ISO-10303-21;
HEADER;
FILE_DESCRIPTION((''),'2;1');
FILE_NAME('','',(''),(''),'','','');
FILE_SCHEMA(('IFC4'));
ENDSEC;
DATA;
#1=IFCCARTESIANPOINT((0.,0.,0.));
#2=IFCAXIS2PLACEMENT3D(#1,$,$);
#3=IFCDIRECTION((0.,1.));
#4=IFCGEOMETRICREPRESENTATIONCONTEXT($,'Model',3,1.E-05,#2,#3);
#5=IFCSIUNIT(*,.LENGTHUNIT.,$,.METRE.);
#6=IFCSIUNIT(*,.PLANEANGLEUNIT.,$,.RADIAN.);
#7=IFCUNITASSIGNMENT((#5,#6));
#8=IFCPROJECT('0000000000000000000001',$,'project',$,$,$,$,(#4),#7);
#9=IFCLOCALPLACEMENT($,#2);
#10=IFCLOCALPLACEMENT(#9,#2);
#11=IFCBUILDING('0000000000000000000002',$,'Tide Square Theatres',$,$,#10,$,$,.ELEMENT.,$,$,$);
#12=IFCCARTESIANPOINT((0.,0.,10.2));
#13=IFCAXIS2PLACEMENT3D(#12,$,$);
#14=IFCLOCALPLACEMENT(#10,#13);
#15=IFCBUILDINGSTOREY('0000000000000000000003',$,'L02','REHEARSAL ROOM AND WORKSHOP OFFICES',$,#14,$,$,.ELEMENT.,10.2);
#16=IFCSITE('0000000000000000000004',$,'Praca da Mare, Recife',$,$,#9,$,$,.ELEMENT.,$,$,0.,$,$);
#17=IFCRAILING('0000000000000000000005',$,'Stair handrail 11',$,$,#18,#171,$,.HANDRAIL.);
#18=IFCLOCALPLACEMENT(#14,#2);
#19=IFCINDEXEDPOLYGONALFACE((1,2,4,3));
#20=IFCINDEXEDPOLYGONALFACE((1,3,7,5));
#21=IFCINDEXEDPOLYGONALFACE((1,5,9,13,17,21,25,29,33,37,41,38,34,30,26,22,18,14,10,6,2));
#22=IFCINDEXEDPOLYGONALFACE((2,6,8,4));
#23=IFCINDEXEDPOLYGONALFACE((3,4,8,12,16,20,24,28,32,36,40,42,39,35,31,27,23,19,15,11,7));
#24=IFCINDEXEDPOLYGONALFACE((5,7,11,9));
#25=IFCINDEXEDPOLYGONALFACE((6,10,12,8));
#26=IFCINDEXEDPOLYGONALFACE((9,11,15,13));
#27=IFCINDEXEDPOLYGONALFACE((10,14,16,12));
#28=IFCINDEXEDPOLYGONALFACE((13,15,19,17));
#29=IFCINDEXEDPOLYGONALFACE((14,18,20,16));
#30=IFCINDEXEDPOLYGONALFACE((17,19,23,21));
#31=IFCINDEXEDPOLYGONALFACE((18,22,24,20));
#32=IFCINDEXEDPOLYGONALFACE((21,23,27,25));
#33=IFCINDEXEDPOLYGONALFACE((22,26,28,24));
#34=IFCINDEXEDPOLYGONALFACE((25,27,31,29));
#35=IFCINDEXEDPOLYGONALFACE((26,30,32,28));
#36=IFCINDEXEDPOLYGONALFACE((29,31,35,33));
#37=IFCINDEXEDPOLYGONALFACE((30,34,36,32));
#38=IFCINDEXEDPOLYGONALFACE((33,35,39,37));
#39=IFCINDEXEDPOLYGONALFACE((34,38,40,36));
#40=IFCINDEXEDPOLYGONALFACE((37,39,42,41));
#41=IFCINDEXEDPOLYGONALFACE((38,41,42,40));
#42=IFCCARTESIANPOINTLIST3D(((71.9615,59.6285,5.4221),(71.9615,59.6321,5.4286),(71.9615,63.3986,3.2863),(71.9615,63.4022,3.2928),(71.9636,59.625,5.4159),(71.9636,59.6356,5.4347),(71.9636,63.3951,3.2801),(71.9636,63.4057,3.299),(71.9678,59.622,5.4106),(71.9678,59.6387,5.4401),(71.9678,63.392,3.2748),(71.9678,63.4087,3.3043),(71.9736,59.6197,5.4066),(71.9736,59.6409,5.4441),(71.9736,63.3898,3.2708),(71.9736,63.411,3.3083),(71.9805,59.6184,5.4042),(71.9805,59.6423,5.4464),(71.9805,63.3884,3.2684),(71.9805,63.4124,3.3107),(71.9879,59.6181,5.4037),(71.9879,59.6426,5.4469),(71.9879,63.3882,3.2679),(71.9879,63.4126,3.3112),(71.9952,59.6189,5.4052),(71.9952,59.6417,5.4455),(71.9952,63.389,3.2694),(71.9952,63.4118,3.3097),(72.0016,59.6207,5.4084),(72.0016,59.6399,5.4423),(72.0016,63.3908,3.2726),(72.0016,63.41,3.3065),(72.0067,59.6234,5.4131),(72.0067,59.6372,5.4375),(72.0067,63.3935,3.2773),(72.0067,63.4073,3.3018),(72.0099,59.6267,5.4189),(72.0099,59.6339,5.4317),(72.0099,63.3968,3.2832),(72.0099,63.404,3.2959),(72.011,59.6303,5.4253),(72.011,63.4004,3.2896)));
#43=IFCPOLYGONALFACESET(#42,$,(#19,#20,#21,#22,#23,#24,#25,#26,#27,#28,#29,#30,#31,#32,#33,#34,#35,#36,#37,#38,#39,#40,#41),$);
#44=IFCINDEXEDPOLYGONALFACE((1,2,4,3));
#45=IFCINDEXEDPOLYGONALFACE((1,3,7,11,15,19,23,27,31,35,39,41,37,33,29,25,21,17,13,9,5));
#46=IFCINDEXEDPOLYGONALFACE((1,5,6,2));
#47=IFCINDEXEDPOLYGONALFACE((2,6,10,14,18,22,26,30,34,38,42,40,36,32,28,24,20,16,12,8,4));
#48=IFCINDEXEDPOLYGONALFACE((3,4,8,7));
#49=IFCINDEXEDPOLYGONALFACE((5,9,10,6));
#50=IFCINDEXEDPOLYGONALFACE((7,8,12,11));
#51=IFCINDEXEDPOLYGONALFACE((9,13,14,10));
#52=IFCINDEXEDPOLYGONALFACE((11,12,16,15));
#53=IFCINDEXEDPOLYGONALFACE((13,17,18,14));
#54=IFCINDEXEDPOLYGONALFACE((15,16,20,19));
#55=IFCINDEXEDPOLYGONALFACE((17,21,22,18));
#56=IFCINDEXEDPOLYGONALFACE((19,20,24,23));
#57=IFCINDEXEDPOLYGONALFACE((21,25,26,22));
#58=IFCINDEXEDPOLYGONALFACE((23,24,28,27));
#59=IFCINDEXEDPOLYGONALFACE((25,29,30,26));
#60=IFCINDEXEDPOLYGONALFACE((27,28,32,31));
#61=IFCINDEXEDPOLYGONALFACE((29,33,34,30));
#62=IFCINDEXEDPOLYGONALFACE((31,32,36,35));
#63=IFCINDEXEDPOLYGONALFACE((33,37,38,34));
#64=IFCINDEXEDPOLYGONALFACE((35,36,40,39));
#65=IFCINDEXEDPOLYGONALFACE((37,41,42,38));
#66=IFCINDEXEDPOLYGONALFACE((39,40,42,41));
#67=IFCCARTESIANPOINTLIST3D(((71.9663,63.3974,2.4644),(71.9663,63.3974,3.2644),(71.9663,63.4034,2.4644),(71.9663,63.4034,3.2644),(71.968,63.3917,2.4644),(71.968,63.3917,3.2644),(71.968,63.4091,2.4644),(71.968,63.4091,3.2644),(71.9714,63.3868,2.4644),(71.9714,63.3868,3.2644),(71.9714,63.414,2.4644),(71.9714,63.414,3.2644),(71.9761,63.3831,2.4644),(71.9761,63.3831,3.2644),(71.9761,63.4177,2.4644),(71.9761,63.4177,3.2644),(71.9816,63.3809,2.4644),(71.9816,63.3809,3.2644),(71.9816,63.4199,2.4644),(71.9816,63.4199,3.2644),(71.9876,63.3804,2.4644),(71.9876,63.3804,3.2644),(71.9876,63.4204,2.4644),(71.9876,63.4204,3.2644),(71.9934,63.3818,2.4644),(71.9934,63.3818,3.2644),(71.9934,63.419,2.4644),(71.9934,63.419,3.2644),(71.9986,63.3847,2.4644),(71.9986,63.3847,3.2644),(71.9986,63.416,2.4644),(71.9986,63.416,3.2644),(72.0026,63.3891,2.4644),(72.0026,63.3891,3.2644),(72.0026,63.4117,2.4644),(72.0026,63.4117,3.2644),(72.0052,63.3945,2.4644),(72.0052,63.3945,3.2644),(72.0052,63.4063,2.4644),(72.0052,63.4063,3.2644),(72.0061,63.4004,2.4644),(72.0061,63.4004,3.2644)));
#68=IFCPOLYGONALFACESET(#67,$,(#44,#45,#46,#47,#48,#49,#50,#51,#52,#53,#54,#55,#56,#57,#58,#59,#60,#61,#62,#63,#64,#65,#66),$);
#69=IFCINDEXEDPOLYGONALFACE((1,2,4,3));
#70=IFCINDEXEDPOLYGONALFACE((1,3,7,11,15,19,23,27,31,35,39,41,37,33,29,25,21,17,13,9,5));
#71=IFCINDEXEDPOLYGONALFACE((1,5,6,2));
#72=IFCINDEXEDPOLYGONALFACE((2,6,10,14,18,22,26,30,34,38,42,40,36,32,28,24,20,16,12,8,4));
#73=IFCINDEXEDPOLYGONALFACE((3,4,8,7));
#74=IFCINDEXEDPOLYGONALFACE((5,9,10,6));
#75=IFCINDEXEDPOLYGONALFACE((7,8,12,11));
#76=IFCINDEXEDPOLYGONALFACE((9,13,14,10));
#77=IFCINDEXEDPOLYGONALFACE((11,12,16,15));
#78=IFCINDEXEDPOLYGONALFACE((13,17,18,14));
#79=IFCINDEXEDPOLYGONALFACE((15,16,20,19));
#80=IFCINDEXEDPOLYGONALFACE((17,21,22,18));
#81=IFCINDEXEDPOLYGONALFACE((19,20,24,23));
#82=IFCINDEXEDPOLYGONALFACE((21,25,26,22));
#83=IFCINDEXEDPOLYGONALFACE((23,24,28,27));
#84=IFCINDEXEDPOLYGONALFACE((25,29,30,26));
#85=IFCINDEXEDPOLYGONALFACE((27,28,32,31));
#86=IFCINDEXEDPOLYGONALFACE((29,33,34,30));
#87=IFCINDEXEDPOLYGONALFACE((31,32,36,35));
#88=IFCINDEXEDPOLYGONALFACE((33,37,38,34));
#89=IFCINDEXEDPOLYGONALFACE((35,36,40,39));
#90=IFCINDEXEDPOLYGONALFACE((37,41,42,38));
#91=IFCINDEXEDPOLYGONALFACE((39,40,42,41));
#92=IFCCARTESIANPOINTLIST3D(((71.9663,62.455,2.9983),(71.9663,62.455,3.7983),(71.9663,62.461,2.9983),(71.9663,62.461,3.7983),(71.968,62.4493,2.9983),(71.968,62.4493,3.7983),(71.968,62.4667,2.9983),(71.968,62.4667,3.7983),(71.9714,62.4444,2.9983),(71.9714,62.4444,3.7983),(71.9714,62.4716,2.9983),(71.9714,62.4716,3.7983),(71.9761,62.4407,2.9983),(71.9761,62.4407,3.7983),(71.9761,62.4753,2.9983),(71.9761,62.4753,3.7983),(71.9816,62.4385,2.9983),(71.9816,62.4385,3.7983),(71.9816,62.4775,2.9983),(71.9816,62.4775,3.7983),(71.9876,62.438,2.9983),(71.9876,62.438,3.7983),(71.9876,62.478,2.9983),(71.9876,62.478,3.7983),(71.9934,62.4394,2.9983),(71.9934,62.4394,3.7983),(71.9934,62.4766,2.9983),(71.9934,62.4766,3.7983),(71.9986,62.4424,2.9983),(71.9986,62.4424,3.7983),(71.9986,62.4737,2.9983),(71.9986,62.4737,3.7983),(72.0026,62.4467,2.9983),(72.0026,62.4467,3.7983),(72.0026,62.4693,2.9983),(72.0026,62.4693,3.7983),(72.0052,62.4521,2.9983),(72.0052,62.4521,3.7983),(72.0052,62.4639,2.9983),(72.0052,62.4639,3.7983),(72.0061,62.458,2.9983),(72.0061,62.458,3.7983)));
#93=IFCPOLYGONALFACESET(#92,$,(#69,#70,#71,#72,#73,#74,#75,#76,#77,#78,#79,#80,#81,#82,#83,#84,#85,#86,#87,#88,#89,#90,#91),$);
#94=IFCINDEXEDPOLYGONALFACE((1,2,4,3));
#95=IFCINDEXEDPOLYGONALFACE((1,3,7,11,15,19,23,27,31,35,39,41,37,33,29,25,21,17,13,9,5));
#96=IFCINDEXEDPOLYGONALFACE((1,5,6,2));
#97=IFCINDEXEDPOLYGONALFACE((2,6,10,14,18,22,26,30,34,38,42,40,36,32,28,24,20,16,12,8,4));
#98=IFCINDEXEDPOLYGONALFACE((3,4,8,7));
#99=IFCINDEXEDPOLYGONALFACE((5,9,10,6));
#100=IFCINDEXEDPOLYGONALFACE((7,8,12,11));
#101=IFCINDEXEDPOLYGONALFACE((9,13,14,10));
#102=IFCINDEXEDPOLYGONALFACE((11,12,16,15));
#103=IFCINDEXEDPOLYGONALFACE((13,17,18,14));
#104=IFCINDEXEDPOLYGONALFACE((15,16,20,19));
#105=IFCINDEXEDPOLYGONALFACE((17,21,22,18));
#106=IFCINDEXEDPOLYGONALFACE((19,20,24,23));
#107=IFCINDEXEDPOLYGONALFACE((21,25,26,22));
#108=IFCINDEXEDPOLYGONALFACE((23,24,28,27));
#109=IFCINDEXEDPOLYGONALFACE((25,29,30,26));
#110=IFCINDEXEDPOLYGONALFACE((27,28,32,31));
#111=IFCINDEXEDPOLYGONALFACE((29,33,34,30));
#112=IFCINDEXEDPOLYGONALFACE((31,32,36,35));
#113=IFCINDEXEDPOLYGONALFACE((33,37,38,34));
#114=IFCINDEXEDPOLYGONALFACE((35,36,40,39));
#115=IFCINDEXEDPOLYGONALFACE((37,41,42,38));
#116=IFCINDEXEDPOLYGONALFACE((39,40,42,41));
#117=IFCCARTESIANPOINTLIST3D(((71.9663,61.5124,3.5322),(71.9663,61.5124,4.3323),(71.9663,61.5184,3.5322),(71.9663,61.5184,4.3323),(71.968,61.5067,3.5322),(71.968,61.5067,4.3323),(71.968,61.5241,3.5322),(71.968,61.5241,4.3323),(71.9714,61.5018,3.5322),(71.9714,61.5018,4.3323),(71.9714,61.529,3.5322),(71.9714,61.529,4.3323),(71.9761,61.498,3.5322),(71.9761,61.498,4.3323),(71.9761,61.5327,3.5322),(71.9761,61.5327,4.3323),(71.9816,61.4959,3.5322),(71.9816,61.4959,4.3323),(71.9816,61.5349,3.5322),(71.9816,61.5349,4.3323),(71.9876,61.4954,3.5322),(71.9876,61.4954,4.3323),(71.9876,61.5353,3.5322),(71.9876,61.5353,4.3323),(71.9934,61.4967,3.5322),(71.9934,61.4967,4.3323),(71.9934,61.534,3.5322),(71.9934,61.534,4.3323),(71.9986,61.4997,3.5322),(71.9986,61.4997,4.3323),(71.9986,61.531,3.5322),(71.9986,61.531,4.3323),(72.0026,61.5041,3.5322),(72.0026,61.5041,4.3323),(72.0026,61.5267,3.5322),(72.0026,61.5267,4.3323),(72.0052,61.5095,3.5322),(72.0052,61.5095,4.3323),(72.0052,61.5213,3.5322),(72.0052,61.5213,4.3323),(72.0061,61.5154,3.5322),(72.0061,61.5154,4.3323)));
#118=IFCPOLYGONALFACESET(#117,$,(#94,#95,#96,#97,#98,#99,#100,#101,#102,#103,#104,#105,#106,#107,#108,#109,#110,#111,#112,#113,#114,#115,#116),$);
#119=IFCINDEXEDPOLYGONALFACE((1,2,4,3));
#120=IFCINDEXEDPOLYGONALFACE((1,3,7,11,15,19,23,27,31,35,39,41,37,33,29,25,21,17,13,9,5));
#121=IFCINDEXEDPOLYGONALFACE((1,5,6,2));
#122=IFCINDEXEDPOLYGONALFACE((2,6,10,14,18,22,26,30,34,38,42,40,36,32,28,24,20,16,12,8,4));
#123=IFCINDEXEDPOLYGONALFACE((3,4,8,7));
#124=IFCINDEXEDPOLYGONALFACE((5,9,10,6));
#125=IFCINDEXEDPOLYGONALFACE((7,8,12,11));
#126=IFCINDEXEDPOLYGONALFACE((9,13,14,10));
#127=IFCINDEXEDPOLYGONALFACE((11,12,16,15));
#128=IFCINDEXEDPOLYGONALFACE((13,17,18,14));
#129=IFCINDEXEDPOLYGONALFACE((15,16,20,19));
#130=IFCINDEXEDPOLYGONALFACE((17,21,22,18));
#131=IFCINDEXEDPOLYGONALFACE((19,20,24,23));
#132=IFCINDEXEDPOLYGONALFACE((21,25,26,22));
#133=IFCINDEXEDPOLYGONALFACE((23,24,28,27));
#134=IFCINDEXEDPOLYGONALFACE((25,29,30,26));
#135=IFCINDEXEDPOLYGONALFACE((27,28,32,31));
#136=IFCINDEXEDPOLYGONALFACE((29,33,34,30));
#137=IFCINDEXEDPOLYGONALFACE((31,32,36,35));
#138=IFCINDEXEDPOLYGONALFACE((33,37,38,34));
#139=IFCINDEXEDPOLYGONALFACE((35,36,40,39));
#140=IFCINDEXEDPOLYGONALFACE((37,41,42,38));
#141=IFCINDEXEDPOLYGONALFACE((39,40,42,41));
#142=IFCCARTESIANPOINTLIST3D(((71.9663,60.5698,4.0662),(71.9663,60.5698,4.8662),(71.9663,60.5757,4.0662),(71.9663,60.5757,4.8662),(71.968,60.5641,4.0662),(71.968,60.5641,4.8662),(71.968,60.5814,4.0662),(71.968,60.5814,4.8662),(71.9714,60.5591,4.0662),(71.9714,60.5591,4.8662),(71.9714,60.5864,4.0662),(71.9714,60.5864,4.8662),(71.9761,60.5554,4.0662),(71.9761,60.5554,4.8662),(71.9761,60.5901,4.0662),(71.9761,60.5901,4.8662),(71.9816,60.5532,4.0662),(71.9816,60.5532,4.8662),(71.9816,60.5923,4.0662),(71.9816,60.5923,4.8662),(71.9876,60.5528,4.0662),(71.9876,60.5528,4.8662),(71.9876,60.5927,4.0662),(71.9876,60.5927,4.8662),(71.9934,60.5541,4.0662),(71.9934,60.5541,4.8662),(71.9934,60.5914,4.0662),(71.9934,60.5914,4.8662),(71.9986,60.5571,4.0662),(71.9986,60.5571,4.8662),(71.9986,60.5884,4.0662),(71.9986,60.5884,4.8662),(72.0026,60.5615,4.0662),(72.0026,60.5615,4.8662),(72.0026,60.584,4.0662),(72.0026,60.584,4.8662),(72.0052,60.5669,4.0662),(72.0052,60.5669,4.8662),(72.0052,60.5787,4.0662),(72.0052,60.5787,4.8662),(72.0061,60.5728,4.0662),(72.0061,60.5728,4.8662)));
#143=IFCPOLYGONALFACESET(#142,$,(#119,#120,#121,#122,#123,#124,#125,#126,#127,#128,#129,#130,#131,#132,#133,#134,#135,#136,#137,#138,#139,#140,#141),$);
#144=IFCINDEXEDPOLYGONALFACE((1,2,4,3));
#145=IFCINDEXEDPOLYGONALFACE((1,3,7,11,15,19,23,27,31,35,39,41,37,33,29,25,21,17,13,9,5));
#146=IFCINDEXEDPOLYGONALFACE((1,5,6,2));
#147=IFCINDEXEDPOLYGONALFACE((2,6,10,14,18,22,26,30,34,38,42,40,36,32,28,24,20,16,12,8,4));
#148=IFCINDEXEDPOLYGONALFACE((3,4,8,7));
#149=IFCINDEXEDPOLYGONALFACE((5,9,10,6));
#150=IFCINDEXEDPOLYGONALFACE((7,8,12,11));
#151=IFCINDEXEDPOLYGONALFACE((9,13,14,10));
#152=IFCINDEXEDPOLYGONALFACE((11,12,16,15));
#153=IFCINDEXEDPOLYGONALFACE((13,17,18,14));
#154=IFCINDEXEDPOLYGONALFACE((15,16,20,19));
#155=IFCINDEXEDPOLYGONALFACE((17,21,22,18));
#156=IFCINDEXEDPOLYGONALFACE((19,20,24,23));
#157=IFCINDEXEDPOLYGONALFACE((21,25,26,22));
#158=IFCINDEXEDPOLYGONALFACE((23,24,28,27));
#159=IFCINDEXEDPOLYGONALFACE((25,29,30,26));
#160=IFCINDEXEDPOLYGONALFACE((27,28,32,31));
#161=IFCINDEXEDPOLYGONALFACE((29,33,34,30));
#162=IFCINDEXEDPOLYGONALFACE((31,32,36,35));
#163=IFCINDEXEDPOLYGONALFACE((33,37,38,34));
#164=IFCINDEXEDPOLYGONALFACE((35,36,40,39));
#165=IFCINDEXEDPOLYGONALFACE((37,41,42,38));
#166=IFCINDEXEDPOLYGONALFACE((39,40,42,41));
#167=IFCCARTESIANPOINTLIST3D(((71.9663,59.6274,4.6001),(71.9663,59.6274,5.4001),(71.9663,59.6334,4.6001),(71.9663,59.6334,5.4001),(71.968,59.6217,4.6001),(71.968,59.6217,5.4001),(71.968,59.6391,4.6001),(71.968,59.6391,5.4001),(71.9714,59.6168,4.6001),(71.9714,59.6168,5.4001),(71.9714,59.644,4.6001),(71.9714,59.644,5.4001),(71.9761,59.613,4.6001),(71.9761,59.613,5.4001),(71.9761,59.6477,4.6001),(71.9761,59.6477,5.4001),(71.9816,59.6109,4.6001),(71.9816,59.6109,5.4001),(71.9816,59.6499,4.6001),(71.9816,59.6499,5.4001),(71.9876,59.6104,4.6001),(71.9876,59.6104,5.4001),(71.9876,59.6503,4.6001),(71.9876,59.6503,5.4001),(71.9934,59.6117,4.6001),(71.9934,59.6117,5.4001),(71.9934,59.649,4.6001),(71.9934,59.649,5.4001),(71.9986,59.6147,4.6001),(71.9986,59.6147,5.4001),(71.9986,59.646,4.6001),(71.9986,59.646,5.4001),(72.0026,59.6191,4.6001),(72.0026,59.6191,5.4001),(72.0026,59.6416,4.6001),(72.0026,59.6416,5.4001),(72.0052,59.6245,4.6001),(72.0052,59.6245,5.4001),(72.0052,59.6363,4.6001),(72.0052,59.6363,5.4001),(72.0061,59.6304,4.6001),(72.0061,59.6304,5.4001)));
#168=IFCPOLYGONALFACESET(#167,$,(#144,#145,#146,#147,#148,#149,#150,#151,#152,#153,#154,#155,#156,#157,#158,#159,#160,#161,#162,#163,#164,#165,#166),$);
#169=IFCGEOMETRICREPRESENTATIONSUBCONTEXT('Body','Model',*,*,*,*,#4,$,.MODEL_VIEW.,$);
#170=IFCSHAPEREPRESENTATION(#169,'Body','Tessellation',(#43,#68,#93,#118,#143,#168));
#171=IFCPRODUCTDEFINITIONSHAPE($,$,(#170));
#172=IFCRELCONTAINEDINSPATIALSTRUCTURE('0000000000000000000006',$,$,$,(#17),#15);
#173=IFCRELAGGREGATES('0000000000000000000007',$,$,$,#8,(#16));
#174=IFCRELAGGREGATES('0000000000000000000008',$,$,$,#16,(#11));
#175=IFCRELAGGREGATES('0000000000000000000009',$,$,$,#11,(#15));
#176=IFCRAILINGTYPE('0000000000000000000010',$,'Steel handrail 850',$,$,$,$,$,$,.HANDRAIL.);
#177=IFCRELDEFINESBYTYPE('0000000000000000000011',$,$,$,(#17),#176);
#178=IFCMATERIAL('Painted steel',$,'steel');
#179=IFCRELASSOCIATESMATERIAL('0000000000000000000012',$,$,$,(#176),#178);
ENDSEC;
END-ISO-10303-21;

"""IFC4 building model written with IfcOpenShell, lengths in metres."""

from ifc_helpers import new_model, si_unit, direction, frame, origin, origin_2d, place, context, subcontext, project, spatial, circle, extrude, material, type_object, element, save


model = new_model("IFC4")

# Units and contexts
model_context = context("Model", 3, precision=1e-05, world=origin(), true_north=direction((0.0, 1.0)))
body_context = subcontext(model_context, "Body", "Model", "MODEL_VIEW")
ifc_project = project(units=[si_unit("LENGTHUNIT", "METRE"), si_unit("PLANEANGLEUNIT", "RADIAN")], contexts=[model_context])

# Site, building, storey
site_placement = place(None, origin())
site = spatial("IfcSite", under=ifc_project, at=site_placement, Name="Praca da Mare, Recife", CompositionType="ELEMENT", RefElevation=0.0)
building_placement = place(site_placement, origin())
building = spatial("IfcBuilding", under=site, at=building_placement, Name="Tide Square Theatres", CompositionType="ELEMENT")
storey_placement = place(building_placement, frame((0.0, 0.0, 10.2)))
storey = spatial("IfcBuildingStorey", under=building, at=storey_placement, Name="L02", Description="REHEARSAL ROOM AND WORKSHOP OFFICES", CompositionType="ELEMENT", Elevation=10.2)

# Railing
ifc_material_1 = material(Name="Painted steel", Category="steel")
railing_type_1 = type_object("IfcRailingType", Name="Steel handrail 850", PredefinedType="HANDRAIL", material=ifc_material_1)
for number, where, name in (
    (1, (71.9861, 63.4004, 2.4644), "Stair handrail 11"),
):
    element("IfcRailing", number, at=place(storey_placement, frame(where)), inside=storey, type_object=railing_type_1, Name=name, PredefinedType="HANDRAIL", context=body_context, shape_type="SweptSolid", body=[
        extrude(circle(Radius=0.0249, at=origin_2d()), frame((0.0, 0.0, 0.8252), z_axis=(0.0, -0.870082, 0.492907), x_axis=(1.0, 0.0, 0.0)), (0.0, 0.0, 1.0), 4.333),
        extrude(circle(Radius=0.02, at=origin_2d()), origin(), (0.0, 0.0, 1.0), 0.8),
        extrude(circle(Radius=0.02, at=origin_2d()), frame((0.0, -0.9424, 0.5339)), (0.0, 0.0, 1.0), 0.8),
        extrude(circle(Radius=0.02, at=origin_2d()), frame((0.0, -1.885, 1.0679)), (0.0, 0.0, 1.0), 0.8),
        extrude(circle(Radius=0.02, at=origin_2d()), frame((0.0, -2.8276, 1.6018)), (0.0, 0.0, 1.0), 0.8),
        extrude(circle(Radius=0.02, at=origin_2d()), frame((0.0, -3.77, 2.1357)), (0.0, 0.0, 1.0), 0.8),
    ])

save(model, "model.ifc")
